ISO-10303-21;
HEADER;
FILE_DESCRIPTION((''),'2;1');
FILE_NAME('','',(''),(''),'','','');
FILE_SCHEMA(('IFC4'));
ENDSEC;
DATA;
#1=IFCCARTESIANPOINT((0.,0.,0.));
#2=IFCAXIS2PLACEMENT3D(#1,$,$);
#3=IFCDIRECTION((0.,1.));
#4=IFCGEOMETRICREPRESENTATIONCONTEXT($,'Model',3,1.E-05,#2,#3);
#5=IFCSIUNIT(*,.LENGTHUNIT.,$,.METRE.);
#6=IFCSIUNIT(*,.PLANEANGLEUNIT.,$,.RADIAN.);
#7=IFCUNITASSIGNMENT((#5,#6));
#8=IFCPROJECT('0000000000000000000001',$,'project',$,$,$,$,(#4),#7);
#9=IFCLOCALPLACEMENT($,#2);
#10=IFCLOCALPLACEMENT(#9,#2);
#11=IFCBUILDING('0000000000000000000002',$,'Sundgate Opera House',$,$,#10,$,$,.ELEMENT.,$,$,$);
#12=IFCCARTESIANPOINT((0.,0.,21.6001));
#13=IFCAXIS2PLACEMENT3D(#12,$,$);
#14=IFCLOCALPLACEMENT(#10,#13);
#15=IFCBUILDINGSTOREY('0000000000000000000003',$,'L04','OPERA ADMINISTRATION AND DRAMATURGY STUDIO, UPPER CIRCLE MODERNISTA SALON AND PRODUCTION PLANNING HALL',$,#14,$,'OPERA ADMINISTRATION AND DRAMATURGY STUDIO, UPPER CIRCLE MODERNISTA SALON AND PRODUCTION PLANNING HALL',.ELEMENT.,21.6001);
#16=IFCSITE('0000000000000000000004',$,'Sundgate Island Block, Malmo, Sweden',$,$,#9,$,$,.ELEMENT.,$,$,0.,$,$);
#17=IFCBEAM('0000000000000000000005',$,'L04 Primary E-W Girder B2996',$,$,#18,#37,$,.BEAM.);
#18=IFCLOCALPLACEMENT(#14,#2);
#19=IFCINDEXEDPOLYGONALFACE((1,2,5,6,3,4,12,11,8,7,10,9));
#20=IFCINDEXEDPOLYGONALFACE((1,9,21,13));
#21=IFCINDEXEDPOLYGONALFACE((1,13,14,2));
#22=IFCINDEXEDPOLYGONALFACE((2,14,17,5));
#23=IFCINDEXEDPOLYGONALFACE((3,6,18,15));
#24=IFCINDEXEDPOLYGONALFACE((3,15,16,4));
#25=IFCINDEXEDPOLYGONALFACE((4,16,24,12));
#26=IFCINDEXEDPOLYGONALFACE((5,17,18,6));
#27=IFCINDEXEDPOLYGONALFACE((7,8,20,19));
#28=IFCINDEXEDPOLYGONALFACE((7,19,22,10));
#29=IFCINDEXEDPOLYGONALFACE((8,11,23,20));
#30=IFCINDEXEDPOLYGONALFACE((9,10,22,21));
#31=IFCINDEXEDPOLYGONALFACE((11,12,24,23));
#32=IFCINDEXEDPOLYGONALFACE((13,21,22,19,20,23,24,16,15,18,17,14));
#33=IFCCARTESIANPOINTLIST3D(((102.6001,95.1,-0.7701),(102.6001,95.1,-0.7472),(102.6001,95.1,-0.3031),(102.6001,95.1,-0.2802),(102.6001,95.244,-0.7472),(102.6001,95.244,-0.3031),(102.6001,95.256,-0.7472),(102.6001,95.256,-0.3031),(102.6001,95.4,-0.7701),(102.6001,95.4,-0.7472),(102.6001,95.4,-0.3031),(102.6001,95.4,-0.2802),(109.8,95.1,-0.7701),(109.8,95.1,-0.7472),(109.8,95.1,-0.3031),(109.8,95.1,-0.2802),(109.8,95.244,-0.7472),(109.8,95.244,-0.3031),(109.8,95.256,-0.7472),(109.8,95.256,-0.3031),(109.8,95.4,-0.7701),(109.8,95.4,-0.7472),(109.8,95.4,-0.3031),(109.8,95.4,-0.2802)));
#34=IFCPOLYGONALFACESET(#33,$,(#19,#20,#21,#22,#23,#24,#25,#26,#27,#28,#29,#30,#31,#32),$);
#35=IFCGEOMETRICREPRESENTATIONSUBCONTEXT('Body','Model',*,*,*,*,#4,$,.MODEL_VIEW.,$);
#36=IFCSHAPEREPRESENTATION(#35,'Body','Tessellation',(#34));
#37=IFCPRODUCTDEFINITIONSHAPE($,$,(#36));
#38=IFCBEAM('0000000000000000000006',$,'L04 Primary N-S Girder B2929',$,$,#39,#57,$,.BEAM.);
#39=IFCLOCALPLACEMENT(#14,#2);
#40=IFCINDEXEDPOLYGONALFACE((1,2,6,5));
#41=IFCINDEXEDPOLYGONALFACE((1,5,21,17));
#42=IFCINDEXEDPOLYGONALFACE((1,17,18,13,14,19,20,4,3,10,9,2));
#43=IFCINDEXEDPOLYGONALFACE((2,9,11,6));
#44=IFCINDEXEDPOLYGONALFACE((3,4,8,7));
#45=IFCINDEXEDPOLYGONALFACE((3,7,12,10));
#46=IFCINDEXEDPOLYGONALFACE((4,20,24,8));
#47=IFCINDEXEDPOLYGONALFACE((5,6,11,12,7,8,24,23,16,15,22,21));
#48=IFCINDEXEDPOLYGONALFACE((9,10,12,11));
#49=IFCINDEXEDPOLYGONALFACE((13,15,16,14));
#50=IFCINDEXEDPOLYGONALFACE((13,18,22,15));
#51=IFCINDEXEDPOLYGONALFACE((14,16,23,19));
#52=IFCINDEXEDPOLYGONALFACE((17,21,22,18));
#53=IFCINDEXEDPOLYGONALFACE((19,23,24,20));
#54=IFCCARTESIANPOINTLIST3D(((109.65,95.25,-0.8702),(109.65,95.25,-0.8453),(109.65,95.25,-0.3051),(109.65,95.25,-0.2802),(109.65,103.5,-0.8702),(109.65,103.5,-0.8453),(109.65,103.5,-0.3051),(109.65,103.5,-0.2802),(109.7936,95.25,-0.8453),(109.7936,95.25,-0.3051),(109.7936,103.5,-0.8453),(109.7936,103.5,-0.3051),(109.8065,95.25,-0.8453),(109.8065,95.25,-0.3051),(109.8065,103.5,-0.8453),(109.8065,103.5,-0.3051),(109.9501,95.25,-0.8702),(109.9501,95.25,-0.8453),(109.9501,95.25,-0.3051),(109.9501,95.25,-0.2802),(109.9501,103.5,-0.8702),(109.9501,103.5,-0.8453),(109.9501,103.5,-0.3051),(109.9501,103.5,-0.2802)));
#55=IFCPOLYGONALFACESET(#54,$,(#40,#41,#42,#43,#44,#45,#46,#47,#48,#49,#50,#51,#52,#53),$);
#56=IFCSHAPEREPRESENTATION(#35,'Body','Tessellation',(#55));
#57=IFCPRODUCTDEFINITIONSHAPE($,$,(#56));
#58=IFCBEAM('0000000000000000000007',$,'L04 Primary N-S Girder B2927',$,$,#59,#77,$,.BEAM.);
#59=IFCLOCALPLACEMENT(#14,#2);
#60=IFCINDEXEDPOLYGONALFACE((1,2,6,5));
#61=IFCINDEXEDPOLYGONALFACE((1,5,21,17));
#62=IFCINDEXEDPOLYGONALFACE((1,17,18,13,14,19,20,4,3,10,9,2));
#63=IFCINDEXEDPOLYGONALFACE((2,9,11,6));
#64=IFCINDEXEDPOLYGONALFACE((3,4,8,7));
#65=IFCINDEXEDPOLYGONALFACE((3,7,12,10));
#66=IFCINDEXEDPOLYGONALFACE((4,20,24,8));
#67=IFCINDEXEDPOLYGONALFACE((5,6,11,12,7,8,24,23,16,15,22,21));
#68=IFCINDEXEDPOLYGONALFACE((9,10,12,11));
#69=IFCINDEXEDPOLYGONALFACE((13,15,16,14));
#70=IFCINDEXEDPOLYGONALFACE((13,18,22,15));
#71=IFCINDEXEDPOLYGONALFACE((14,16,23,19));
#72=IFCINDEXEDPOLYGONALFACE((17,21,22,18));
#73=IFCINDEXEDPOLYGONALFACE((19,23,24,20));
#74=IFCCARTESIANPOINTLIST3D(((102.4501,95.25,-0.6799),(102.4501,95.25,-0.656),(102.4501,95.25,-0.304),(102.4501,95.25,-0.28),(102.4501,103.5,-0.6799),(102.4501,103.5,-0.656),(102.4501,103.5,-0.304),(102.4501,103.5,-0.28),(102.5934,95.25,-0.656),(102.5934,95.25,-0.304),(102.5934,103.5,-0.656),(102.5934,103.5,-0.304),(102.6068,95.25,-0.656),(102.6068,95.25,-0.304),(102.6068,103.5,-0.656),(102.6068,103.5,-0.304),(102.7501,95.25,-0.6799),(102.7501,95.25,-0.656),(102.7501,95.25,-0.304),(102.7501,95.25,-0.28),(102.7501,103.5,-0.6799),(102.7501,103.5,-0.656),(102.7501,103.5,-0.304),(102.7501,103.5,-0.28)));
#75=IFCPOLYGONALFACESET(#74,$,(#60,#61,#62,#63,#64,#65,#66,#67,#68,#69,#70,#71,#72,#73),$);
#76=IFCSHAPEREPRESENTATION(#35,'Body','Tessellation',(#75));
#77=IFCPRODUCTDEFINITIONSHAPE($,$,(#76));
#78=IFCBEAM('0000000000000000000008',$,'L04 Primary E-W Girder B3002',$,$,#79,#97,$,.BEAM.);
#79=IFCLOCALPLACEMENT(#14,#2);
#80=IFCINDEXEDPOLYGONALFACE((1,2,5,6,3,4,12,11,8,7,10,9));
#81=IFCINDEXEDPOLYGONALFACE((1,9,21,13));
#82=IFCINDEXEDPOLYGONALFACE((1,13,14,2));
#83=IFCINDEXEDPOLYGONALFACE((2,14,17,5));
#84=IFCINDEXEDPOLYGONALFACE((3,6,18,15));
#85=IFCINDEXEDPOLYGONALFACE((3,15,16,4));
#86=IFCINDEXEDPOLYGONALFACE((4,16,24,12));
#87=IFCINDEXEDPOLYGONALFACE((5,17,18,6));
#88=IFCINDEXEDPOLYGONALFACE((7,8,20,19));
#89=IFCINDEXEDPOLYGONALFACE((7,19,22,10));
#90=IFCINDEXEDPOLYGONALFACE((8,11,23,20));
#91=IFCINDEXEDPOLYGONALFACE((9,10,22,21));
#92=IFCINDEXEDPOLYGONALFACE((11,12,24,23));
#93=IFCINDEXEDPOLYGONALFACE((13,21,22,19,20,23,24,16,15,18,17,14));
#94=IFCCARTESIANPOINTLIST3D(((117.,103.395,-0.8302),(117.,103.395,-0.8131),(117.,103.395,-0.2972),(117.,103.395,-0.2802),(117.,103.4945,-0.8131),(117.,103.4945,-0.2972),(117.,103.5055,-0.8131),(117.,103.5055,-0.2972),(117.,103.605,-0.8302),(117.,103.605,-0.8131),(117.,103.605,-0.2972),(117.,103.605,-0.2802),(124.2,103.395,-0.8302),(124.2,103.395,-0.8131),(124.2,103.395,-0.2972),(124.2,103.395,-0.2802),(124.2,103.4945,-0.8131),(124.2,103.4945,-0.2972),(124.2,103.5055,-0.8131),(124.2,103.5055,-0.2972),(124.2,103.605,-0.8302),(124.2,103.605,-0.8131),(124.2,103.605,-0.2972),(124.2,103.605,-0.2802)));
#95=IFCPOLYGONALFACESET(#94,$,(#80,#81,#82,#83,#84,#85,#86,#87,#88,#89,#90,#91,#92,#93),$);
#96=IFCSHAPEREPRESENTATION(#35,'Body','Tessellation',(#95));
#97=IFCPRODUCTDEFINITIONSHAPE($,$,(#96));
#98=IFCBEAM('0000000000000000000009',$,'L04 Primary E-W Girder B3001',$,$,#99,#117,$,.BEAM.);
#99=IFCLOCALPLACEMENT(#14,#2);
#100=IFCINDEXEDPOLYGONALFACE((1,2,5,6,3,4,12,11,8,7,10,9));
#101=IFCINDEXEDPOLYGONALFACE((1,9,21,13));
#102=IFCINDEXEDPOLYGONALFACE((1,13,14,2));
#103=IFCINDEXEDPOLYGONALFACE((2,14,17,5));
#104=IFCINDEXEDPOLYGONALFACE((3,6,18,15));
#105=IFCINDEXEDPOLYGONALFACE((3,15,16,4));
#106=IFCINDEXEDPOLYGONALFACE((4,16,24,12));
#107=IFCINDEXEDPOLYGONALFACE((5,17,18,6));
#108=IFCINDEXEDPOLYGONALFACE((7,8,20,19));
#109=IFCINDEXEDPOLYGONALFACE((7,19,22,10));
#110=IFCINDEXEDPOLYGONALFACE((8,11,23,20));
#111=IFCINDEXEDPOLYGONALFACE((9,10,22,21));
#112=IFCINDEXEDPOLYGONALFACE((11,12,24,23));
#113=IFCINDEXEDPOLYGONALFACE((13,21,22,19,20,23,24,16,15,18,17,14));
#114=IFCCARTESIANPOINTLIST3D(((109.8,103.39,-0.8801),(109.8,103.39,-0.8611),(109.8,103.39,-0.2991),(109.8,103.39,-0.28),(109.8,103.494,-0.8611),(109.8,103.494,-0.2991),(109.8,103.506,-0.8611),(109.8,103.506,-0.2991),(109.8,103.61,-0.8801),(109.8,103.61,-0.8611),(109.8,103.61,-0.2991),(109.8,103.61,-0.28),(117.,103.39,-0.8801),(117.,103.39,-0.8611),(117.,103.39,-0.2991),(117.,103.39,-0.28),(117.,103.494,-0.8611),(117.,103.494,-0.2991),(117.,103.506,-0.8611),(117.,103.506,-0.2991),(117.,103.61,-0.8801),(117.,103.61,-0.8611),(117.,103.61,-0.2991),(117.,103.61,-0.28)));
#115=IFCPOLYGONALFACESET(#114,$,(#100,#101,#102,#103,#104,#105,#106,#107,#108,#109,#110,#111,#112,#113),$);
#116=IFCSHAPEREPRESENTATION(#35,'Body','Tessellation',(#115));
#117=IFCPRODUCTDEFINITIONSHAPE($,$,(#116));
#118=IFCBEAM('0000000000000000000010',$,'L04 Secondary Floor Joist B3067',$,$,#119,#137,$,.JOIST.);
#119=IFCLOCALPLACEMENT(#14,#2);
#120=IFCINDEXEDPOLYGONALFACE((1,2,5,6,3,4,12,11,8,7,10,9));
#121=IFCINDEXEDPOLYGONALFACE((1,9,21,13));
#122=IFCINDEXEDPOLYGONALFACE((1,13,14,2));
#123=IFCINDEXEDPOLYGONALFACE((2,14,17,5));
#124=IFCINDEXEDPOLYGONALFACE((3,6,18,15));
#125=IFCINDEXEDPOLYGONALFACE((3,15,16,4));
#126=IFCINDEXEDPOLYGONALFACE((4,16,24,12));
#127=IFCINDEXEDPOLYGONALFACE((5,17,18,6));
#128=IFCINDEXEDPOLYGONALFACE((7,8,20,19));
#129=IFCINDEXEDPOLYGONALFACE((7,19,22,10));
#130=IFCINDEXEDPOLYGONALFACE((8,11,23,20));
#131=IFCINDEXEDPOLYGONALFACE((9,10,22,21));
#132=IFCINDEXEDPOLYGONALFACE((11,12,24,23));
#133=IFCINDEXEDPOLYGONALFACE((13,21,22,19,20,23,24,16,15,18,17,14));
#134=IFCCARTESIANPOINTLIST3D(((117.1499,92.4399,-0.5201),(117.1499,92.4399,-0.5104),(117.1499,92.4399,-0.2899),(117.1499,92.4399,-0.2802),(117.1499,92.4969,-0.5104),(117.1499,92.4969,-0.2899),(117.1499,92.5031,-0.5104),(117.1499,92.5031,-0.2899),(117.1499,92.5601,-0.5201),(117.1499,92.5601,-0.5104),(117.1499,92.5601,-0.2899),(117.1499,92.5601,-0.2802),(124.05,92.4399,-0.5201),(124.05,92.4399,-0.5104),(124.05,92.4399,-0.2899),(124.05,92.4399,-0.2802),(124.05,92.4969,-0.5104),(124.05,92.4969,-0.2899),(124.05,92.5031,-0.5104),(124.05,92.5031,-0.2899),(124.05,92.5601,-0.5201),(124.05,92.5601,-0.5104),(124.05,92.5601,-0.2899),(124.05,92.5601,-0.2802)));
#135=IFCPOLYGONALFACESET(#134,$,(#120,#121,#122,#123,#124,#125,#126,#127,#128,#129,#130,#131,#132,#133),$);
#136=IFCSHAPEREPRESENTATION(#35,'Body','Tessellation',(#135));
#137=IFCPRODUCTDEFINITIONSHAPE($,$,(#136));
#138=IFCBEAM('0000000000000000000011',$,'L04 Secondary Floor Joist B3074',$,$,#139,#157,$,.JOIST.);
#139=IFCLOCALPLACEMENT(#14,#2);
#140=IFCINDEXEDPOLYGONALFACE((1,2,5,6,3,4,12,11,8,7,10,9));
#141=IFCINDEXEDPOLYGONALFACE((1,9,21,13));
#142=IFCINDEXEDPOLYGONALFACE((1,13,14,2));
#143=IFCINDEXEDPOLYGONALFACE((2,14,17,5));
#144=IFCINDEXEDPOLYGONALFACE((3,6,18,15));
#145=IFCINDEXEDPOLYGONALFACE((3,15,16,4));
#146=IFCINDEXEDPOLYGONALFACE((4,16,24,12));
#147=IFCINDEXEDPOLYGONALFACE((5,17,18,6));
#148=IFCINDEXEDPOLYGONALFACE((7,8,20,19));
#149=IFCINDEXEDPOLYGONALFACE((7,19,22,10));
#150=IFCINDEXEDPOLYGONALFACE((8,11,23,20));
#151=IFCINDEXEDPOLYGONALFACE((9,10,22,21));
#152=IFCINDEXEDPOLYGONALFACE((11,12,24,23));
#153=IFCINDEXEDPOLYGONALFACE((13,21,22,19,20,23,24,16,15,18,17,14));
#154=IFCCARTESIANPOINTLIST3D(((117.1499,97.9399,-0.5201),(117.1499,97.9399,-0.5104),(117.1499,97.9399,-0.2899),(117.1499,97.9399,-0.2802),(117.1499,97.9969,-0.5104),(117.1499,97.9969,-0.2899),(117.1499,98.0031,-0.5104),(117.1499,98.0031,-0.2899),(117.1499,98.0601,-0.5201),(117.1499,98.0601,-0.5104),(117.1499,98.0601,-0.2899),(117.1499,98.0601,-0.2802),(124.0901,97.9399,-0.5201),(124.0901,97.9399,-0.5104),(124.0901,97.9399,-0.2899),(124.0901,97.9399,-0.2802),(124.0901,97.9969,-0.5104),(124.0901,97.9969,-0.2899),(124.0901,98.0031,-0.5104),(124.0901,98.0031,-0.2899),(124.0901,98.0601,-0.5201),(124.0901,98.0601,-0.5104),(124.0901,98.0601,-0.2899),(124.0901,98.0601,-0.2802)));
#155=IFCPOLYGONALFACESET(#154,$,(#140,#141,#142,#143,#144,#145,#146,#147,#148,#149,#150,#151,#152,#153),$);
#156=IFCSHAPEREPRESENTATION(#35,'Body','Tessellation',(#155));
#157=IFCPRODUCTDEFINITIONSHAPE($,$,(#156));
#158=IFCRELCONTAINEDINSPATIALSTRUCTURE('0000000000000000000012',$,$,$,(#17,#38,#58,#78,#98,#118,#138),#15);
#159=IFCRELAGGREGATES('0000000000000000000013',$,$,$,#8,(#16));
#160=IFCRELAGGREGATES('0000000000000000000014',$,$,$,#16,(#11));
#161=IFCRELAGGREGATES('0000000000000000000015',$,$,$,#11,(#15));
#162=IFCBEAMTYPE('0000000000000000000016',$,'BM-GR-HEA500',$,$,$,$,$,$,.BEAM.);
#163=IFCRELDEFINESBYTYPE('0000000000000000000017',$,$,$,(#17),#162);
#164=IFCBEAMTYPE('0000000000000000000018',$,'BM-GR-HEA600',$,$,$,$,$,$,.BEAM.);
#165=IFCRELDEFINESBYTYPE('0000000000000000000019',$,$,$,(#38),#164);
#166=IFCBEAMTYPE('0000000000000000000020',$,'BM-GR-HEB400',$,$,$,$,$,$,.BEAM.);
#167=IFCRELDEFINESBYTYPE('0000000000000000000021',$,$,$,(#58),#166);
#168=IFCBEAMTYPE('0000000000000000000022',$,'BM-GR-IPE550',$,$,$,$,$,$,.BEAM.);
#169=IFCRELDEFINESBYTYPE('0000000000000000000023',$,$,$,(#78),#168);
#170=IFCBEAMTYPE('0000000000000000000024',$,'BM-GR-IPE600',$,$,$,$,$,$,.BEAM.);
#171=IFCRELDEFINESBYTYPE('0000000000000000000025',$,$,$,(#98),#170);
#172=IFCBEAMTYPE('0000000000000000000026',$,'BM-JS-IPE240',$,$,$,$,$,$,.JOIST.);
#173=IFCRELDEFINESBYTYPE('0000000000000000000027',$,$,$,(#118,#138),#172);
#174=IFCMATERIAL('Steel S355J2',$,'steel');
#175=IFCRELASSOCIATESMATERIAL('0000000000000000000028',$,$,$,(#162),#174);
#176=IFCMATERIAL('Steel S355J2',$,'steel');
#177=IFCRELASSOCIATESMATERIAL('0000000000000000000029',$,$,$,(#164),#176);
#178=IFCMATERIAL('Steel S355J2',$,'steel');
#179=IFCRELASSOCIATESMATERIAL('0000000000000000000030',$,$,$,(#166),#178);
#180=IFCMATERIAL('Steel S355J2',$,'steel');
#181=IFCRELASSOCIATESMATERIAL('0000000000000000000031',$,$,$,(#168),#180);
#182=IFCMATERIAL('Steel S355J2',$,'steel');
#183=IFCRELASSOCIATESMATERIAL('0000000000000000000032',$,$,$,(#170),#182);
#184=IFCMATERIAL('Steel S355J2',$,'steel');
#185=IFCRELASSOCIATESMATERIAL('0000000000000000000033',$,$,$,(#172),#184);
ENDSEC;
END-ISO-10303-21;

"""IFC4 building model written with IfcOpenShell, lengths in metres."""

from ifc_helpers import new_model, si_unit, direction, frame, origin, origin_2d, place, context, subcontext, project, spatial, i_section, extrude, material, material_profile, profile_set, type_object, element, save


model = new_model("IFC4")

# Units and contexts
model_context = context("Model", 3, precision=1e-05, world=origin(), true_north=direction((0.0, 1.0)))
body_context = subcontext(model_context, "Body", "Model", "MODEL_VIEW")
ifc_project = project(units=[si_unit("LENGTHUNIT", "METRE"), si_unit("PLANEANGLEUNIT", "RADIAN")], contexts=[model_context])

# Site, building, storey
site_placement = place(None, origin())
site = spatial("IfcSite", under=ifc_project, at=site_placement, Name="Sundgate Island Block, Malmo, Sweden", CompositionType="ELEMENT", RefElevation=0.0)
building_placement = place(site_placement, origin())
building = spatial("IfcBuilding", under=site, at=building_placement, Name="Sundgate Opera House", CompositionType="ELEMENT")
storey_placement = place(building_placement, frame((0.0, 0.0, 21.6001)))
storey = spatial("IfcBuildingStorey", under=building, at=storey_placement, Name="L04", Description="OPERA ADMINISTRATION AND DRAMATURGY STUDIO, UPPER CIRCLE MODERNISTA SALON AND PRODUCTION PLANNING HALL", LongName="OPERA ADMINISTRATION AND DRAMATURGY STUDIO, UPPER CIRCLE MODERNISTA SALON AND PRODUCTION PLANNING HALL", CompositionType="ELEMENT", Elevation=21.6001)

# Beams
ifc_material_1 = material(Name="Steel S355J2", Category="steel")
ifc_material_profile_1 = material_profile(ifc_material_1, i_section(OverallWidth=0.3, OverallDepth=0.49, WebThickness=0.012, FlangeThickness=0.0229, at=origin_2d()), Name="HEA 500")
ifc_profile_set_1 = profile_set([ifc_material_profile_1], Name="Steel S355J2")
beam_type_1 = type_object("IfcBeamType", Name="BM-GR-HEA500", PredefinedType="BEAM", material=ifc_profile_set_1)
beam_1_placement = place(storey_placement, frame((102.6001, 95.25, -0.5251), z_axis=(1.0, 0.0, 0.0), x_axis=(0.0, 1.0, 0.0)))
element("IfcBeam", 1, at=beam_1_placement, inside=storey, type_object=beam_type_1, Name="L04 Primary E-W Girder B2996", PredefinedType="BEAM", context=body_context, shape_type="SweptSolid", body=[
    extrude(i_section(OverallWidth=0.3, OverallDepth=0.49, WebThickness=0.012, FlangeThickness=0.0229, at=origin_2d()), origin(), (0.0, 0.0, 1.0), 7.2),
])
ifc_material_2 = material(Name="Steel S355J2", Category="steel")
ifc_material_profile_2 = material_profile(ifc_material_2, i_section(OverallWidth=0.3, OverallDepth=0.5901, WebThickness=0.0129, FlangeThickness=0.0249, at=origin_2d()), Name="HEA 600")
ifc_profile_set_2 = profile_set([ifc_material_profile_2], Name="Steel S355J2")
beam_type_2 = type_object("IfcBeamType", Name="BM-GR-HEA600", PredefinedType="BEAM", material=ifc_profile_set_2)
beam_2_placement = place(storey_placement, frame((109.8, 95.25, -0.5752), z_axis=(0.0, 1.0, 0.0), x_axis=(-1.0, 0.0, 0.0)))
element("IfcBeam", 2, at=beam_2_placement, inside=storey, type_object=beam_type_2, Name="L04 Primary N-S Girder B2929", PredefinedType="BEAM", context=body_context, shape_type="SweptSolid", body=[
    extrude(i_section(OverallWidth=0.3, OverallDepth=0.5901, WebThickness=0.0129, FlangeThickness=0.0249, at=origin_2d()), origin(), (0.0, 0.0, 1.0), 8.25),
])
ifc_material_3 = material(Name="Steel S355J2", Category="steel")
ifc_material_profile_3 = material_profile(ifc_material_3, i_section(OverallWidth=0.3, OverallDepth=0.3999, WebThickness=0.0134, FlangeThickness=0.0239, at=origin_2d()), Name="HEB 400")
ifc_profile_set_3 = profile_set([ifc_material_profile_3], Name="Steel S355J2")
beam_type_3 = type_object("IfcBeamType", Name="BM-GR-HEB400", PredefinedType="BEAM", material=ifc_profile_set_3)
beam_3_placement = place(storey_placement, frame((102.6001, 95.25, -0.48), z_axis=(0.0, 1.0, 0.0), x_axis=(-1.0, 0.0, 0.0)))
element("IfcBeam", 3, at=beam_3_placement, inside=storey, type_object=beam_type_3, Name="L04 Primary N-S Girder B2927", PredefinedType="BEAM", context=body_context, shape_type="SweptSolid", body=[
    extrude(i_section(OverallWidth=0.3, OverallDepth=0.3999, WebThickness=0.0134, FlangeThickness=0.0239, at=origin_2d()), origin(), (0.0, 0.0, 1.0), 8.25),
])
ifc_material_4 = material(Name="Steel S355J2", Category="steel")
ifc_material_profile_4 = material_profile(ifc_material_4, i_section(OverallWidth=0.21, OverallDepth=0.55, WebThickness=0.011, FlangeThickness=0.0171, at=origin_2d()), Name="IPE 550")
ifc_profile_set_4 = profile_set([ifc_material_profile_4], Name="Steel S355J2")
beam_type_4 = type_object("IfcBeamType", Name="BM-GR-IPE550", PredefinedType="BEAM", material=ifc_profile_set_4)
beam_4_placement = place(storey_placement, frame((117.0, 103.5, -0.5552), z_axis=(1.0, 0.0, 0.0), x_axis=(0.0, 1.0, 0.0)))
element("IfcBeam", 4, at=beam_4_placement, inside=storey, type_object=beam_type_4, Name="L04 Primary E-W Girder B3002", PredefinedType="BEAM", context=body_context, shape_type="SweptSolid", body=[
    extrude(i_section(OverallWidth=0.21, OverallDepth=0.55, WebThickness=0.011, FlangeThickness=0.0171, at=origin_2d()), origin(), (0.0, 0.0, 1.0), 7.2),
])
ifc_material_5 = material(Name="Steel S355J2", Category="steel")
ifc_material_profile_5 = material_profile(ifc_material_5, i_section(OverallWidth=0.22, OverallDepth=0.6001, WebThickness=0.012, FlangeThickness=0.019, at=origin_2d()), Name="IPE 600")
ifc_profile_set_5 = profile_set([ifc_material_profile_5], Name="Steel S355J2")
beam_type_5 = type_object("IfcBeamType", Name="BM-GR-IPE600", PredefinedType="BEAM", material=ifc_profile_set_5)
beam_5_placement = place(storey_placement, frame((109.8, 103.5, -0.5801), z_axis=(1.0, 0.0, 0.0), x_axis=(0.0, 1.0, 0.0)))
element("IfcBeam", 5, at=beam_5_placement, inside=storey, type_object=beam_type_5, Name="L04 Primary E-W Girder B3001", PredefinedType="BEAM", context=body_context, shape_type="SweptSolid", body=[
    extrude(i_section(OverallWidth=0.22, OverallDepth=0.6001, WebThickness=0.012, FlangeThickness=0.019, at=origin_2d()), origin(), (0.0, 0.0, 1.0), 7.2),
])
ifc_material_6 = material(Name="Steel S355J2", Category="steel")
ifc_material_profile_6 = material_profile(ifc_material_6, i_section(OverallWidth=0.1201, OverallDepth=0.24, WebThickness=0.0061, FlangeThickness=0.0098, at=origin_2d()), Name="IPE 240")
ifc_profile_set_6 = profile_set([ifc_material_profile_6], Name="Steel S355J2")
beam_type_6 = type_object("IfcBeamType", Name="BM-JS-IPE240", PredefinedType="JOIST", material=ifc_profile_set_6)
beam_6_placement = place(storey_placement, frame((117.1499, 92.5, -0.4001), z_axis=(1.0, 0.0, 0.0), x_axis=(0.0, 1.0, 0.0)))
element("IfcBeam", 6, at=beam_6_placement, inside=storey, type_object=beam_type_6, Name="L04 Secondary Floor Joist B3067", PredefinedType="JOIST", context=body_context, shape_type="SweptSolid", body=[
    extrude(i_section(OverallWidth=0.1201, OverallDepth=0.24, WebThickness=0.0061, FlangeThickness=0.0098, at=origin_2d()), origin(), (0.0, 0.0, 1.0), 6.9001),
])
beam_7_placement = place(storey_placement, frame((117.1499, 98.0, -0.4001), z_axis=(1.0, 0.0, 0.0), x_axis=(0.0, 1.0, 0.0)))
element("IfcBeam", 7, at=beam_7_placement, inside=storey, type_object=beam_type_6, Name="L04 Secondary Floor Joist B3074", PredefinedType="JOIST", context=body_context, shape_type="SweptSolid", body=[
    extrude(i_section(OverallWidth=0.1201, OverallDepth=0.24, WebThickness=0.0061, FlangeThickness=0.0098, at=origin_2d()), origin(), (0.0, 0.0, 1.0), 6.9402),
])

save(model, "model.ifc")
